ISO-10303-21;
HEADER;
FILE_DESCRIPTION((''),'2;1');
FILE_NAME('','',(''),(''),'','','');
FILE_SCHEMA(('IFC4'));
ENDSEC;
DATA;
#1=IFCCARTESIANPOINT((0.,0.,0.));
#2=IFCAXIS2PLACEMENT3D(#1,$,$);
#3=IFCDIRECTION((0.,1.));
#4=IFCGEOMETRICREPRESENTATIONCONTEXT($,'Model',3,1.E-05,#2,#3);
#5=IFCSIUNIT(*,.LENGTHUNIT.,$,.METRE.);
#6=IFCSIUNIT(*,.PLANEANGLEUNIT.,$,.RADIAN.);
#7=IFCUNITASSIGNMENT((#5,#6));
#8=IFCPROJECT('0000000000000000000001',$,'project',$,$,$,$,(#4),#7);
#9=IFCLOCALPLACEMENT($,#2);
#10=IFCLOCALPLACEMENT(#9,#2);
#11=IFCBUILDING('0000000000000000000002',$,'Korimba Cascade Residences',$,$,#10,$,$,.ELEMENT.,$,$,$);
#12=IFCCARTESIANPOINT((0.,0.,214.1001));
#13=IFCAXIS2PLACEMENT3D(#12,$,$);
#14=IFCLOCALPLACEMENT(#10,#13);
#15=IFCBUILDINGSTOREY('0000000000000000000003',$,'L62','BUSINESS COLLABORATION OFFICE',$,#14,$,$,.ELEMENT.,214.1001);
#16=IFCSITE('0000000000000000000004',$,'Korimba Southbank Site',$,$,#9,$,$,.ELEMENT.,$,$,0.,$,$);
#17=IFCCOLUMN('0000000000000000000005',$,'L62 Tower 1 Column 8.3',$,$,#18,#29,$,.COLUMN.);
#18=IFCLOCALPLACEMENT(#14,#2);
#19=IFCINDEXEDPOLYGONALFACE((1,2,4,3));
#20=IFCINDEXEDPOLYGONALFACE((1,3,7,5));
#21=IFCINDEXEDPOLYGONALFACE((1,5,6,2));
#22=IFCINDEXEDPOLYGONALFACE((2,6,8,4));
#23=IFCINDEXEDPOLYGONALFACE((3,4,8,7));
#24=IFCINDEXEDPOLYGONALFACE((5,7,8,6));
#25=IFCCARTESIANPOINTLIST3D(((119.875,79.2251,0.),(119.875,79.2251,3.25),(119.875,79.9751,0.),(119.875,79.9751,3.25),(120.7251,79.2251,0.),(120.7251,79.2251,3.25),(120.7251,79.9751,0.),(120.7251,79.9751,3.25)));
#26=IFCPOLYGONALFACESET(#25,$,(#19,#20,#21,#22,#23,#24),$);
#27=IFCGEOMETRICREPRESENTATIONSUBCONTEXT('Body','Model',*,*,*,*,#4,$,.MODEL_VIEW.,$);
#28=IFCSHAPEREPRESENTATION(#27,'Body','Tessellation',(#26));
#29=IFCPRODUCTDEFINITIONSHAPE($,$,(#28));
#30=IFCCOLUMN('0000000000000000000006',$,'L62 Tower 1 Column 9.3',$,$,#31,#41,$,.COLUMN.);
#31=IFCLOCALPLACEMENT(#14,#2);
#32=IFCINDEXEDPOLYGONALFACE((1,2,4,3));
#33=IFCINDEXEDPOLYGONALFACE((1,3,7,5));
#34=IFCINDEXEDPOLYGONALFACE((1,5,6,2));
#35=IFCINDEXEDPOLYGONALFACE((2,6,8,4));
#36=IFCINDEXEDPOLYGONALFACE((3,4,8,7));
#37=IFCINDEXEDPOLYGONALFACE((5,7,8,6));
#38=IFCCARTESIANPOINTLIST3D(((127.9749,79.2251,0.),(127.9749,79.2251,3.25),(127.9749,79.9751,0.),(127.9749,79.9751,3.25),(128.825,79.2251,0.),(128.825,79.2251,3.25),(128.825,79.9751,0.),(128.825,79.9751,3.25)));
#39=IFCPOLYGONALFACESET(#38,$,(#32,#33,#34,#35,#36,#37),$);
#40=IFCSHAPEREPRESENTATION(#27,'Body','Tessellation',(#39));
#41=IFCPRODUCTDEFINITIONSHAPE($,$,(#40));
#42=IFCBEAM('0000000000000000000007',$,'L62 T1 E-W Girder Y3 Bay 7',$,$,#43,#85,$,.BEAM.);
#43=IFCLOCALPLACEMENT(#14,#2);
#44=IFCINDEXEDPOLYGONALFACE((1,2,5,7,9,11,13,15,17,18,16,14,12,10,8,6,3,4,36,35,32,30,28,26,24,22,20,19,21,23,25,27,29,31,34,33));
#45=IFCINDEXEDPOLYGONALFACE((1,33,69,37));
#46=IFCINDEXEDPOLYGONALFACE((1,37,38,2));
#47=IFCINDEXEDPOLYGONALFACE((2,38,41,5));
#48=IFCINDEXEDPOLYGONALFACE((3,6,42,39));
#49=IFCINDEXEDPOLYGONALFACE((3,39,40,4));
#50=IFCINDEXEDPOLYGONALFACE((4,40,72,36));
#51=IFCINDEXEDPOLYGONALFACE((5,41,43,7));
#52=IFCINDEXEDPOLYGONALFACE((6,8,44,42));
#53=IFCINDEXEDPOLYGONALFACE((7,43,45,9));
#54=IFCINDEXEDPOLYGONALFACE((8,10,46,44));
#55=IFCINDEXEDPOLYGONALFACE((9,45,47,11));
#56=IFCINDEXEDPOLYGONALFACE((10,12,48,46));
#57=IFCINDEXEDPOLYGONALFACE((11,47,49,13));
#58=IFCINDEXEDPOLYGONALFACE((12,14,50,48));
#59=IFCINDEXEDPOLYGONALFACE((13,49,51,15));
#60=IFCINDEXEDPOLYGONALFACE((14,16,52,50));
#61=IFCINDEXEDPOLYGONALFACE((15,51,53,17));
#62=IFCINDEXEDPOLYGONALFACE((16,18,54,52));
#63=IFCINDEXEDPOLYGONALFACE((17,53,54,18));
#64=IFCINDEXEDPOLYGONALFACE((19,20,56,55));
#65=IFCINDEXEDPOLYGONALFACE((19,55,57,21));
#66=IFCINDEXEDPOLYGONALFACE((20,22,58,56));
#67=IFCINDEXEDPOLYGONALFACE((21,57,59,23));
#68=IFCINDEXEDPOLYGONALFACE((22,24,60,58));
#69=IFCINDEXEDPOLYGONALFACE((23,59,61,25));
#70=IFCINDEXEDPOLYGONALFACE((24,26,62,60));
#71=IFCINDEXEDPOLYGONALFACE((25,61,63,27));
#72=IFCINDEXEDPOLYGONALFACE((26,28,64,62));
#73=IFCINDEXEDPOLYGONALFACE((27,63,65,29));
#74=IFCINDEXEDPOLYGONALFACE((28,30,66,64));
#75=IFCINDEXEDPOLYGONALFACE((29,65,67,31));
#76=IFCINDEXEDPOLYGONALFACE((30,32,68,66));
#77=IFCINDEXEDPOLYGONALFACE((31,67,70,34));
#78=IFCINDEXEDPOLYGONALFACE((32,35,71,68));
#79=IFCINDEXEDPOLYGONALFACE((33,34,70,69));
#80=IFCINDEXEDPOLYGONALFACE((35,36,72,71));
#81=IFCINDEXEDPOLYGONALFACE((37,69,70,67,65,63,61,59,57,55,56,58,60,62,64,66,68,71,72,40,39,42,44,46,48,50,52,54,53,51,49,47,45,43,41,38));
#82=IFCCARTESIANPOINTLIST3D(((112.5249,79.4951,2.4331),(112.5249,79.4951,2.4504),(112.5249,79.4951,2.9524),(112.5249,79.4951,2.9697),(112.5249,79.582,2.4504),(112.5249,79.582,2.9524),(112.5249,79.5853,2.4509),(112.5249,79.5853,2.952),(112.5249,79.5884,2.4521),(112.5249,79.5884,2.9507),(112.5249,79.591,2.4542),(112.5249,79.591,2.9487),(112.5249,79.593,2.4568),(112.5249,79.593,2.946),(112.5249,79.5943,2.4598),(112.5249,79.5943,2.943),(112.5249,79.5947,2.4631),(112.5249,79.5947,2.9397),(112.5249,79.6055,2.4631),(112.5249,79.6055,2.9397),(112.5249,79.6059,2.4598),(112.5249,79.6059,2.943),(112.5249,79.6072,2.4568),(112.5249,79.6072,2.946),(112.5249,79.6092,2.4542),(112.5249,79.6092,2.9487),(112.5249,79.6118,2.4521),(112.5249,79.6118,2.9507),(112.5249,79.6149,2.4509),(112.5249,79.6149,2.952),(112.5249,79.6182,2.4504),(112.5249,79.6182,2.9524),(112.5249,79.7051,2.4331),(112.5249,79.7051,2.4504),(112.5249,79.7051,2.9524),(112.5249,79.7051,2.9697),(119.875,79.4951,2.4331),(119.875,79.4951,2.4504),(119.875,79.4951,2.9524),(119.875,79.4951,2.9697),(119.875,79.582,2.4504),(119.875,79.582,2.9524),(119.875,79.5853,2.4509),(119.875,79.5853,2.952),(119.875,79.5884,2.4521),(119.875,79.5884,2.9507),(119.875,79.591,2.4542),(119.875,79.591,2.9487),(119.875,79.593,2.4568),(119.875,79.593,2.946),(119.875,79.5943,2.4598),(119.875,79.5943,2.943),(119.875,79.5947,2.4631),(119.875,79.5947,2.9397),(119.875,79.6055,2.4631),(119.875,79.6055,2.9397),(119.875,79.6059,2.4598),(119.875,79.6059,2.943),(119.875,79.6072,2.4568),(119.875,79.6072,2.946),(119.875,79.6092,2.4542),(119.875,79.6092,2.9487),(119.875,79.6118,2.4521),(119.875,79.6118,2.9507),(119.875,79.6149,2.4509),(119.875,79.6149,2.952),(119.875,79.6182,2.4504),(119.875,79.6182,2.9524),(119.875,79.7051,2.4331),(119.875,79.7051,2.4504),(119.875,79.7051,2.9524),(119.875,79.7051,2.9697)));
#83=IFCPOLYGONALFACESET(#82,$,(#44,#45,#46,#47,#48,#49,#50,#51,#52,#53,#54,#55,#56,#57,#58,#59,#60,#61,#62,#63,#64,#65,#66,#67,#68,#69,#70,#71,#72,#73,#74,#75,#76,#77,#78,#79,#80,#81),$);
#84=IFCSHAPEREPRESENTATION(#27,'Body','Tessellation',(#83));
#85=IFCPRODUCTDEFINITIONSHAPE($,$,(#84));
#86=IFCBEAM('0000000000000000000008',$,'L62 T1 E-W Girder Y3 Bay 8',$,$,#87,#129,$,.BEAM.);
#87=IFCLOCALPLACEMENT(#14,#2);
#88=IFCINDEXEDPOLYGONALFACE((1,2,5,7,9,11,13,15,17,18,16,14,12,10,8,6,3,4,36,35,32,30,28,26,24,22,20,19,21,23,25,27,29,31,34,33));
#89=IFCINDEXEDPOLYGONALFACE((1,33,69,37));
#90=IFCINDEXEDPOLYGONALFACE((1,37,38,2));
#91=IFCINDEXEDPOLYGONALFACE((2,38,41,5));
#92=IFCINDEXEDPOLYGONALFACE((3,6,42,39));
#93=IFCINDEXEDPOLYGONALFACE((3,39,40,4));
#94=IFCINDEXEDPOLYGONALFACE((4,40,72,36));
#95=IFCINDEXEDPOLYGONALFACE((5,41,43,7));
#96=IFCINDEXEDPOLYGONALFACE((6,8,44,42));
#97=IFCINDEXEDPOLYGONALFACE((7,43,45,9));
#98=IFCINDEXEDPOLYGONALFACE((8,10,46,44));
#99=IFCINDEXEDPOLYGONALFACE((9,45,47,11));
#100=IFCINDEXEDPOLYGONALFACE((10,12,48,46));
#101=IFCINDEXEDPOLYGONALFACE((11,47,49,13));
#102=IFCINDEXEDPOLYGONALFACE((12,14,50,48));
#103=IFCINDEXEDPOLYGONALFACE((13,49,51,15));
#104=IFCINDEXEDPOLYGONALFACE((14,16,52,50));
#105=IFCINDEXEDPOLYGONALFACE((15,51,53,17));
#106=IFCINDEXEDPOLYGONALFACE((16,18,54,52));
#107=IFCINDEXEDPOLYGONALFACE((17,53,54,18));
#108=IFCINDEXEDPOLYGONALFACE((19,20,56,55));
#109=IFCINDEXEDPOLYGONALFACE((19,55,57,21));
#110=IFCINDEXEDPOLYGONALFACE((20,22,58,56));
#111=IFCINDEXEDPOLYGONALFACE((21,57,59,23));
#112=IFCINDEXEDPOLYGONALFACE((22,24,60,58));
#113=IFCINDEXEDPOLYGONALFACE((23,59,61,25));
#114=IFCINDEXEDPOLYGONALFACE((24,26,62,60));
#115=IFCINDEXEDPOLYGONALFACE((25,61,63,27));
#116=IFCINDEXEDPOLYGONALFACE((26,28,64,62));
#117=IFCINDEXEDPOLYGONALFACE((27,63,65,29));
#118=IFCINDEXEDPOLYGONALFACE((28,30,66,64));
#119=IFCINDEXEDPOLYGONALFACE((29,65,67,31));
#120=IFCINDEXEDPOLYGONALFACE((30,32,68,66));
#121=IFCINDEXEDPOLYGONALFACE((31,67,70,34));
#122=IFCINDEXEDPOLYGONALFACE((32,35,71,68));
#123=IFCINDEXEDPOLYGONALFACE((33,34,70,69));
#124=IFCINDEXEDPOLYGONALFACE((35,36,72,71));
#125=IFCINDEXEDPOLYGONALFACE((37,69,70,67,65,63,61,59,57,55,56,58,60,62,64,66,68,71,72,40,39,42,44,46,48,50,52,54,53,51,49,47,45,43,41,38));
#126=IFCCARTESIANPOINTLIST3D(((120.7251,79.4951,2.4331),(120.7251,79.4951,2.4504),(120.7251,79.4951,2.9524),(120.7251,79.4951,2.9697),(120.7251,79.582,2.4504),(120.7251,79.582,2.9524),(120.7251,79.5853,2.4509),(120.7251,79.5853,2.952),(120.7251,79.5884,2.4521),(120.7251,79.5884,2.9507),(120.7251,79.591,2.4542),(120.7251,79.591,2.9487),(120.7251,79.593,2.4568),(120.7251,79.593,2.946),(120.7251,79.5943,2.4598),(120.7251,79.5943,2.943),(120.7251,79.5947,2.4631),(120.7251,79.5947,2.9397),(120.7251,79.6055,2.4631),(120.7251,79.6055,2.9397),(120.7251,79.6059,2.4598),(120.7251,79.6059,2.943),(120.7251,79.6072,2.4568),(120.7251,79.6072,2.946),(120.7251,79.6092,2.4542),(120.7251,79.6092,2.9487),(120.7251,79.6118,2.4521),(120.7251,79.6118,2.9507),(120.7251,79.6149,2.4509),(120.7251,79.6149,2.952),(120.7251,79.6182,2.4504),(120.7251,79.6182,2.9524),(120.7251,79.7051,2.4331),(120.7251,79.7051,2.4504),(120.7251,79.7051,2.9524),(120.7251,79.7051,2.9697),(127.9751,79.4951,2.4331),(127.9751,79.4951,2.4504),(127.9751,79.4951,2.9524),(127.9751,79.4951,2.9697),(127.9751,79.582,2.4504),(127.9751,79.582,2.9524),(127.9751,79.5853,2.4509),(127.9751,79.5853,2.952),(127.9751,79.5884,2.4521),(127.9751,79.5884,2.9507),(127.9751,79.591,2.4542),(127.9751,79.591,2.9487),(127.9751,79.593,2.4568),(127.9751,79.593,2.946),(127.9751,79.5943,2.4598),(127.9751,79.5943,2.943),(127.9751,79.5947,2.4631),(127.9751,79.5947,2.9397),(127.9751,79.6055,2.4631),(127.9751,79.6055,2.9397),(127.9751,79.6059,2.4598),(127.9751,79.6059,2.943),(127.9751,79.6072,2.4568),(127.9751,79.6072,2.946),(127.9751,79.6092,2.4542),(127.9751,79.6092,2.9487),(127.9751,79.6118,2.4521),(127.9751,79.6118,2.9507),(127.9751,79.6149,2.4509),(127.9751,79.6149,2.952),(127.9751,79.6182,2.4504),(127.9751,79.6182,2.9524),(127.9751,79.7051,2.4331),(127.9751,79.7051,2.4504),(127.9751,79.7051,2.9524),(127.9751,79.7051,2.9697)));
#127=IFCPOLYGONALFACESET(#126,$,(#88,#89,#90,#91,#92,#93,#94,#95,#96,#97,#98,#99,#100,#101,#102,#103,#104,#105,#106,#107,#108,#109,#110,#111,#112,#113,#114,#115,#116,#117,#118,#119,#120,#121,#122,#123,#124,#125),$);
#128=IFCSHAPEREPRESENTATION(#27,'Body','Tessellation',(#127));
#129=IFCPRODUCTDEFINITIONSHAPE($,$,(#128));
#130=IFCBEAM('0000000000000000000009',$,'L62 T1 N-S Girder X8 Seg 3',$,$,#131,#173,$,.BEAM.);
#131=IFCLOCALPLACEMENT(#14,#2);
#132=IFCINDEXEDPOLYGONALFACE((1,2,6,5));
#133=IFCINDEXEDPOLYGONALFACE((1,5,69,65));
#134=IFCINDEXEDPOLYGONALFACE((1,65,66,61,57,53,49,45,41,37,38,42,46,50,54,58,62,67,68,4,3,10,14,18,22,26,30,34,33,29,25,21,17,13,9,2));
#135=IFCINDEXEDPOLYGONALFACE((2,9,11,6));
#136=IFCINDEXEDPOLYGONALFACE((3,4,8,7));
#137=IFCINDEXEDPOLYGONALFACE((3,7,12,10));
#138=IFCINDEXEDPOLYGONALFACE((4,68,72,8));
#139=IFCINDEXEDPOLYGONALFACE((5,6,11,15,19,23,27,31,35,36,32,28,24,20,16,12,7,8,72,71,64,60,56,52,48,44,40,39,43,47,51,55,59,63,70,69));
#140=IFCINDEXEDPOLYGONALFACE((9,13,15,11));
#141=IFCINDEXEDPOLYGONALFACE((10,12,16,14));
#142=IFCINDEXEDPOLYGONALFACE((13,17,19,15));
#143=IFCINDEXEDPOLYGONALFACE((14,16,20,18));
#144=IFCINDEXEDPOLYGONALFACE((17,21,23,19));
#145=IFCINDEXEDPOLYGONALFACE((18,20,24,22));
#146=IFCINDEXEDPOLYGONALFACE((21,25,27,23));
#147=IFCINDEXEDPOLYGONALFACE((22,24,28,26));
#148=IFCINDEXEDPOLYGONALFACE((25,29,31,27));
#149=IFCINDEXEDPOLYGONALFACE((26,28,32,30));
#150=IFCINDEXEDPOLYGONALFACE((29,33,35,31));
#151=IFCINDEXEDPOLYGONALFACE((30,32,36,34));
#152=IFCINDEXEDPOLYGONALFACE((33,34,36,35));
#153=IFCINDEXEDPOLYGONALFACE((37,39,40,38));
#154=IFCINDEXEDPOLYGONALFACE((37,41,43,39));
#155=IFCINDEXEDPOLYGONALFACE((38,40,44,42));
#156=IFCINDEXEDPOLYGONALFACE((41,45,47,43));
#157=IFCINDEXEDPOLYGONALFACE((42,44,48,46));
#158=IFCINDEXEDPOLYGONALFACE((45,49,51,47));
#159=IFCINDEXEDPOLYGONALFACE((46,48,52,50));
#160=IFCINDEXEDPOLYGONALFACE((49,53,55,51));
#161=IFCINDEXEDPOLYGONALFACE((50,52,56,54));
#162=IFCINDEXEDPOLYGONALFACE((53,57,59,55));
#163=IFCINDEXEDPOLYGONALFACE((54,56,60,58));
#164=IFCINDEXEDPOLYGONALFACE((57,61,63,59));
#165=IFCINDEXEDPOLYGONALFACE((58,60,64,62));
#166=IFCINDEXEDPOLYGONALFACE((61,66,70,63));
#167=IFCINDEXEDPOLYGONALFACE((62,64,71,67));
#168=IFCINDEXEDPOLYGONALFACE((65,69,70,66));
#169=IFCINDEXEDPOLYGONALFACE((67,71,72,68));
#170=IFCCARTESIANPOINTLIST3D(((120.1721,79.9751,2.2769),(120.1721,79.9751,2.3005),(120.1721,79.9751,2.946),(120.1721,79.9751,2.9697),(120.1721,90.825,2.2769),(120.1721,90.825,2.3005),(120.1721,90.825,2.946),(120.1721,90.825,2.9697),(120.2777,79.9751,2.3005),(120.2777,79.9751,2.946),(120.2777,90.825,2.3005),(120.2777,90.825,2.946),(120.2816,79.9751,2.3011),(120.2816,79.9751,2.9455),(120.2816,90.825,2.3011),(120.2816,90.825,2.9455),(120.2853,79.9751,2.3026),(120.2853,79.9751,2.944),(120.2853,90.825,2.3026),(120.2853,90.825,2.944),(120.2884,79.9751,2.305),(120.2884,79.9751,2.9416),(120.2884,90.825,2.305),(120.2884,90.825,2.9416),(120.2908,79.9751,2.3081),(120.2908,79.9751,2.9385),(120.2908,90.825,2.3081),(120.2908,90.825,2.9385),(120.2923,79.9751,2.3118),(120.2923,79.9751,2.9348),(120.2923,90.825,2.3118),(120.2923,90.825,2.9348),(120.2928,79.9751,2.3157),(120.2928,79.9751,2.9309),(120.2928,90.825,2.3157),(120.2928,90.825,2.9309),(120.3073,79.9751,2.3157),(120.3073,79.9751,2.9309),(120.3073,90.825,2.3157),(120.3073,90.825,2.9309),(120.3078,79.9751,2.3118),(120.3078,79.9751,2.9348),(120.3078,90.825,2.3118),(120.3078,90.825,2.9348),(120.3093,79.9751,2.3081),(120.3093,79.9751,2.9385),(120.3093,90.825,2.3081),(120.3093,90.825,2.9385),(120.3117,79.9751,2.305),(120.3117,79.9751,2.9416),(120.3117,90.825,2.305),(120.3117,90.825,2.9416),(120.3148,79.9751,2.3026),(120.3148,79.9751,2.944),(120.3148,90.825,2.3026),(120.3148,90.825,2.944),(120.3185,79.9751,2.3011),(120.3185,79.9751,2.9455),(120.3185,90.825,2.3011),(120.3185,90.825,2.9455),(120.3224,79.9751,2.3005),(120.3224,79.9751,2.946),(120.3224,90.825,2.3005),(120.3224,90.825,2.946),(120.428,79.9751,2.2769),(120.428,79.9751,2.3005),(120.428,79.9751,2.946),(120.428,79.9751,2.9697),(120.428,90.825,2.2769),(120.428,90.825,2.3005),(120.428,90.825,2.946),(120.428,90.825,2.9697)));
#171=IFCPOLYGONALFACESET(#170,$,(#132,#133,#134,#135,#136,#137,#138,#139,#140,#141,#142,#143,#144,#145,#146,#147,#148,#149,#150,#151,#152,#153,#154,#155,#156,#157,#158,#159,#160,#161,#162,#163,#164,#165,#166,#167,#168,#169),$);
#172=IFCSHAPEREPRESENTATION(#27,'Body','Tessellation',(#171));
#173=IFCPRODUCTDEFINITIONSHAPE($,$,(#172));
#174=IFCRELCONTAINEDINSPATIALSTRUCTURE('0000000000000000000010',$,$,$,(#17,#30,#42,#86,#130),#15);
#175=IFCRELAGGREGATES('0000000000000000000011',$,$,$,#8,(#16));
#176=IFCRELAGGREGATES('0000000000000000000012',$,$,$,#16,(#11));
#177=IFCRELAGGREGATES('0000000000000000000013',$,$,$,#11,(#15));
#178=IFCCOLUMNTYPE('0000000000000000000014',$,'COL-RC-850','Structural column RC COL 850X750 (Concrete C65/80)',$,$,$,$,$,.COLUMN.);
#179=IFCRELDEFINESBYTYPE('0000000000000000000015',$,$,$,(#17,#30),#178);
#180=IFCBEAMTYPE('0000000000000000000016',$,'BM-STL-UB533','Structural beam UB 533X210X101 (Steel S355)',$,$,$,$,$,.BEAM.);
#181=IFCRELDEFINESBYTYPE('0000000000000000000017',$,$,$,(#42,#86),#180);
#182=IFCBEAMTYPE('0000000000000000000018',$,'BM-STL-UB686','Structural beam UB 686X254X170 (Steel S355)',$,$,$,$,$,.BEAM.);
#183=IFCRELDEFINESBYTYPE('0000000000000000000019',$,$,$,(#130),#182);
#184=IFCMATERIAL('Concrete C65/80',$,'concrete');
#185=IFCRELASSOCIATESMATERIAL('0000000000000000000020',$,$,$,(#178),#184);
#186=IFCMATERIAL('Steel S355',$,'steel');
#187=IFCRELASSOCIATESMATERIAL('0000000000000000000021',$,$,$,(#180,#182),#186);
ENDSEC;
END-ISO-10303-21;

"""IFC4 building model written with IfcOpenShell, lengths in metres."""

from ifc_helpers import new_model, si_unit, direction, frame, origin, origin_2d, place, context, subcontext, project, spatial, rectangle, i_section, extrude, material, material_profile, profile_set, type_object, element, save


model = new_model("IFC4")

# Units and contexts
model_context = context("Model", 3, precision=1e-05, world=origin(), true_north=direction((0.0, 1.0)))
body_context = subcontext(model_context, "Body", "Model", "MODEL_VIEW")
ifc_project = project(units=[si_unit("LENGTHUNIT", "METRE"), si_unit("PLANEANGLEUNIT", "RADIAN")], contexts=[model_context])

# Site, building, storey
site_placement = place(None, origin())
site = spatial("IfcSite", under=ifc_project, at=site_placement, Name="Korimba Southbank Site", CompositionType="ELEMENT", RefElevation=0.0)
building_placement = place(site_placement, origin())
building = spatial("IfcBuilding", under=site, at=building_placement, Name="Korimba Cascade Residences", CompositionType="ELEMENT")
storey_placement = place(building_placement, frame((0.0, 0.0, 214.1001)))
storey = spatial("IfcBuildingStorey", under=building, at=storey_placement, Name="L62", Description="BUSINESS COLLABORATION OFFICE", CompositionType="ELEMENT", Elevation=214.1001)

# Columns
ifc_material_1 = material(Name="Concrete C65/80", Category="concrete")
ifc_material_profile_1 = material_profile(ifc_material_1, rectangle(XDim=0.8501, YDim=0.75, at=origin_2d()), Name="Concrete C65/80")
ifc_profile_set_1 = profile_set([ifc_material_profile_1], Name="Concrete C65/80")
column_type = type_object("IfcColumnType", Name="COL-RC-850", Description="Structural column RC COL 850X750 (Concrete C65/80)", PredefinedType="COLUMN", material=ifc_profile_set_1)
for number, where, z_axis, x_axis, name in (
    (1, (120.3, 79.6001, 0.0), (0.0, 0.0, 1.0), (1.0, 0.0, 0.0), "L62 Tower 1 Column 8.3"),
    (2, (128.3999, 79.6001, 0.0), (0.0, 0.0, 1.0), (1.0, 0.0, 0.0), "L62 Tower 1 Column 9.3"),
):
    element("IfcColumn", number, at=place(storey_placement, frame(where, z_axis=z_axis, x_axis=x_axis)), inside=storey, type_object=column_type, Name=name, PredefinedType="COLUMN", context=body_context, shape_type="SweptSolid", body=[
        extrude(rectangle(XDim=0.8501, YDim=0.75, at=origin_2d()), origin(), (0.0, 0.0, 1.0), 3.25),
    ])

# Beams
ifc_material_2 = material(Name="Steel S355", Category="steel")
ifc_material_profile_2 = material_profile(ifc_material_2, i_section(OverallWidth=0.21, OverallDepth=0.5366, WebThickness=0.0107, FlangeThickness=0.0173, FilletRadius=0.0127, at=origin_2d()), Name="Steel S355")
ifc_profile_set_2 = profile_set([ifc_material_profile_2], Name="Steel S355")
beam_type_1 = type_object("IfcBeamType", Name="BM-STL-UB533", Description="Structural beam UB 533X210X101 (Steel S355)", PredefinedType="BEAM", material=ifc_profile_set_2)
beam_1_placement = place(storey_placement, frame((112.5249, 79.6001, 2.7014), z_axis=(1.0, 0.0, 0.0), x_axis=(0.0, 1.0, 0.0)))
element("IfcBeam", 3, at=beam_1_placement, inside=storey, type_object=beam_type_1, Name="L62 T1 E-W Girder Y3 Bay 7", PredefinedType="BEAM", context=body_context, shape_type="SweptSolid", body=[
    extrude(i_section(OverallWidth=0.21, OverallDepth=0.5366, WebThickness=0.0107, FlangeThickness=0.0173, FilletRadius=0.0127, at=origin_2d()), origin(), (0.0, 0.0, 1.0), 7.3501),
])
beam_2_placement = place(storey_placement, frame((120.7251, 79.6001, 2.7014), z_axis=(1.0, 0.0, 0.0), x_axis=(0.0, 1.0, 0.0)))
element("IfcBeam", 4, at=beam_2_placement, inside=storey, type_object=beam_type_1, Name="L62 T1 E-W Girder Y3 Bay 8", PredefinedType="BEAM", context=body_context, shape_type="SweptSolid", body=[
    extrude(i_section(OverallWidth=0.21, OverallDepth=0.5366, WebThickness=0.0107, FlangeThickness=0.0173, FilletRadius=0.0127, at=origin_2d()), origin(), (0.0, 0.0, 1.0), 7.25),
])
ifc_material_profile_3 = material_profile(ifc_material_2, i_section(OverallWidth=0.2559, OverallDepth=0.6929, WebThickness=0.0144, FlangeThickness=0.0237, FilletRadius=0.0151, at=origin_2d()), Name="Steel S355")
ifc_profile_set_3 = profile_set([ifc_material_profile_3], Name="Steel S355")
beam_type_2 = type_object("IfcBeamType", Name="BM-STL-UB686", Description="Structural beam UB 686X254X170 (Steel S355)", PredefinedType="BEAM", material=ifc_profile_set_3)
for number, where, z_axis, x_axis, name in (
    (5, (120.3, 79.9751, 2.6233), (0.0, 1.0, 0.0), (-1.0, 0.0, 0.0), "L62 T1 N-S Girder X8 Seg 3"),
):
    element("IfcBeam", number, at=place(storey_placement, frame(where, z_axis=z_axis, x_axis=x_axis)), inside=storey, type_object=beam_type_2, Name=name, PredefinedType="BEAM", context=body_context, shape_type="SweptSolid", body=[
        extrude(i_section(OverallWidth=0.2559, OverallDepth=0.6929, WebThickness=0.0144, FlangeThickness=0.0237, FilletRadius=0.0151, at=origin_2d()), origin(), (0.0, 0.0, 1.0), 10.8499),
    ])

save(model, "model.ifc")
